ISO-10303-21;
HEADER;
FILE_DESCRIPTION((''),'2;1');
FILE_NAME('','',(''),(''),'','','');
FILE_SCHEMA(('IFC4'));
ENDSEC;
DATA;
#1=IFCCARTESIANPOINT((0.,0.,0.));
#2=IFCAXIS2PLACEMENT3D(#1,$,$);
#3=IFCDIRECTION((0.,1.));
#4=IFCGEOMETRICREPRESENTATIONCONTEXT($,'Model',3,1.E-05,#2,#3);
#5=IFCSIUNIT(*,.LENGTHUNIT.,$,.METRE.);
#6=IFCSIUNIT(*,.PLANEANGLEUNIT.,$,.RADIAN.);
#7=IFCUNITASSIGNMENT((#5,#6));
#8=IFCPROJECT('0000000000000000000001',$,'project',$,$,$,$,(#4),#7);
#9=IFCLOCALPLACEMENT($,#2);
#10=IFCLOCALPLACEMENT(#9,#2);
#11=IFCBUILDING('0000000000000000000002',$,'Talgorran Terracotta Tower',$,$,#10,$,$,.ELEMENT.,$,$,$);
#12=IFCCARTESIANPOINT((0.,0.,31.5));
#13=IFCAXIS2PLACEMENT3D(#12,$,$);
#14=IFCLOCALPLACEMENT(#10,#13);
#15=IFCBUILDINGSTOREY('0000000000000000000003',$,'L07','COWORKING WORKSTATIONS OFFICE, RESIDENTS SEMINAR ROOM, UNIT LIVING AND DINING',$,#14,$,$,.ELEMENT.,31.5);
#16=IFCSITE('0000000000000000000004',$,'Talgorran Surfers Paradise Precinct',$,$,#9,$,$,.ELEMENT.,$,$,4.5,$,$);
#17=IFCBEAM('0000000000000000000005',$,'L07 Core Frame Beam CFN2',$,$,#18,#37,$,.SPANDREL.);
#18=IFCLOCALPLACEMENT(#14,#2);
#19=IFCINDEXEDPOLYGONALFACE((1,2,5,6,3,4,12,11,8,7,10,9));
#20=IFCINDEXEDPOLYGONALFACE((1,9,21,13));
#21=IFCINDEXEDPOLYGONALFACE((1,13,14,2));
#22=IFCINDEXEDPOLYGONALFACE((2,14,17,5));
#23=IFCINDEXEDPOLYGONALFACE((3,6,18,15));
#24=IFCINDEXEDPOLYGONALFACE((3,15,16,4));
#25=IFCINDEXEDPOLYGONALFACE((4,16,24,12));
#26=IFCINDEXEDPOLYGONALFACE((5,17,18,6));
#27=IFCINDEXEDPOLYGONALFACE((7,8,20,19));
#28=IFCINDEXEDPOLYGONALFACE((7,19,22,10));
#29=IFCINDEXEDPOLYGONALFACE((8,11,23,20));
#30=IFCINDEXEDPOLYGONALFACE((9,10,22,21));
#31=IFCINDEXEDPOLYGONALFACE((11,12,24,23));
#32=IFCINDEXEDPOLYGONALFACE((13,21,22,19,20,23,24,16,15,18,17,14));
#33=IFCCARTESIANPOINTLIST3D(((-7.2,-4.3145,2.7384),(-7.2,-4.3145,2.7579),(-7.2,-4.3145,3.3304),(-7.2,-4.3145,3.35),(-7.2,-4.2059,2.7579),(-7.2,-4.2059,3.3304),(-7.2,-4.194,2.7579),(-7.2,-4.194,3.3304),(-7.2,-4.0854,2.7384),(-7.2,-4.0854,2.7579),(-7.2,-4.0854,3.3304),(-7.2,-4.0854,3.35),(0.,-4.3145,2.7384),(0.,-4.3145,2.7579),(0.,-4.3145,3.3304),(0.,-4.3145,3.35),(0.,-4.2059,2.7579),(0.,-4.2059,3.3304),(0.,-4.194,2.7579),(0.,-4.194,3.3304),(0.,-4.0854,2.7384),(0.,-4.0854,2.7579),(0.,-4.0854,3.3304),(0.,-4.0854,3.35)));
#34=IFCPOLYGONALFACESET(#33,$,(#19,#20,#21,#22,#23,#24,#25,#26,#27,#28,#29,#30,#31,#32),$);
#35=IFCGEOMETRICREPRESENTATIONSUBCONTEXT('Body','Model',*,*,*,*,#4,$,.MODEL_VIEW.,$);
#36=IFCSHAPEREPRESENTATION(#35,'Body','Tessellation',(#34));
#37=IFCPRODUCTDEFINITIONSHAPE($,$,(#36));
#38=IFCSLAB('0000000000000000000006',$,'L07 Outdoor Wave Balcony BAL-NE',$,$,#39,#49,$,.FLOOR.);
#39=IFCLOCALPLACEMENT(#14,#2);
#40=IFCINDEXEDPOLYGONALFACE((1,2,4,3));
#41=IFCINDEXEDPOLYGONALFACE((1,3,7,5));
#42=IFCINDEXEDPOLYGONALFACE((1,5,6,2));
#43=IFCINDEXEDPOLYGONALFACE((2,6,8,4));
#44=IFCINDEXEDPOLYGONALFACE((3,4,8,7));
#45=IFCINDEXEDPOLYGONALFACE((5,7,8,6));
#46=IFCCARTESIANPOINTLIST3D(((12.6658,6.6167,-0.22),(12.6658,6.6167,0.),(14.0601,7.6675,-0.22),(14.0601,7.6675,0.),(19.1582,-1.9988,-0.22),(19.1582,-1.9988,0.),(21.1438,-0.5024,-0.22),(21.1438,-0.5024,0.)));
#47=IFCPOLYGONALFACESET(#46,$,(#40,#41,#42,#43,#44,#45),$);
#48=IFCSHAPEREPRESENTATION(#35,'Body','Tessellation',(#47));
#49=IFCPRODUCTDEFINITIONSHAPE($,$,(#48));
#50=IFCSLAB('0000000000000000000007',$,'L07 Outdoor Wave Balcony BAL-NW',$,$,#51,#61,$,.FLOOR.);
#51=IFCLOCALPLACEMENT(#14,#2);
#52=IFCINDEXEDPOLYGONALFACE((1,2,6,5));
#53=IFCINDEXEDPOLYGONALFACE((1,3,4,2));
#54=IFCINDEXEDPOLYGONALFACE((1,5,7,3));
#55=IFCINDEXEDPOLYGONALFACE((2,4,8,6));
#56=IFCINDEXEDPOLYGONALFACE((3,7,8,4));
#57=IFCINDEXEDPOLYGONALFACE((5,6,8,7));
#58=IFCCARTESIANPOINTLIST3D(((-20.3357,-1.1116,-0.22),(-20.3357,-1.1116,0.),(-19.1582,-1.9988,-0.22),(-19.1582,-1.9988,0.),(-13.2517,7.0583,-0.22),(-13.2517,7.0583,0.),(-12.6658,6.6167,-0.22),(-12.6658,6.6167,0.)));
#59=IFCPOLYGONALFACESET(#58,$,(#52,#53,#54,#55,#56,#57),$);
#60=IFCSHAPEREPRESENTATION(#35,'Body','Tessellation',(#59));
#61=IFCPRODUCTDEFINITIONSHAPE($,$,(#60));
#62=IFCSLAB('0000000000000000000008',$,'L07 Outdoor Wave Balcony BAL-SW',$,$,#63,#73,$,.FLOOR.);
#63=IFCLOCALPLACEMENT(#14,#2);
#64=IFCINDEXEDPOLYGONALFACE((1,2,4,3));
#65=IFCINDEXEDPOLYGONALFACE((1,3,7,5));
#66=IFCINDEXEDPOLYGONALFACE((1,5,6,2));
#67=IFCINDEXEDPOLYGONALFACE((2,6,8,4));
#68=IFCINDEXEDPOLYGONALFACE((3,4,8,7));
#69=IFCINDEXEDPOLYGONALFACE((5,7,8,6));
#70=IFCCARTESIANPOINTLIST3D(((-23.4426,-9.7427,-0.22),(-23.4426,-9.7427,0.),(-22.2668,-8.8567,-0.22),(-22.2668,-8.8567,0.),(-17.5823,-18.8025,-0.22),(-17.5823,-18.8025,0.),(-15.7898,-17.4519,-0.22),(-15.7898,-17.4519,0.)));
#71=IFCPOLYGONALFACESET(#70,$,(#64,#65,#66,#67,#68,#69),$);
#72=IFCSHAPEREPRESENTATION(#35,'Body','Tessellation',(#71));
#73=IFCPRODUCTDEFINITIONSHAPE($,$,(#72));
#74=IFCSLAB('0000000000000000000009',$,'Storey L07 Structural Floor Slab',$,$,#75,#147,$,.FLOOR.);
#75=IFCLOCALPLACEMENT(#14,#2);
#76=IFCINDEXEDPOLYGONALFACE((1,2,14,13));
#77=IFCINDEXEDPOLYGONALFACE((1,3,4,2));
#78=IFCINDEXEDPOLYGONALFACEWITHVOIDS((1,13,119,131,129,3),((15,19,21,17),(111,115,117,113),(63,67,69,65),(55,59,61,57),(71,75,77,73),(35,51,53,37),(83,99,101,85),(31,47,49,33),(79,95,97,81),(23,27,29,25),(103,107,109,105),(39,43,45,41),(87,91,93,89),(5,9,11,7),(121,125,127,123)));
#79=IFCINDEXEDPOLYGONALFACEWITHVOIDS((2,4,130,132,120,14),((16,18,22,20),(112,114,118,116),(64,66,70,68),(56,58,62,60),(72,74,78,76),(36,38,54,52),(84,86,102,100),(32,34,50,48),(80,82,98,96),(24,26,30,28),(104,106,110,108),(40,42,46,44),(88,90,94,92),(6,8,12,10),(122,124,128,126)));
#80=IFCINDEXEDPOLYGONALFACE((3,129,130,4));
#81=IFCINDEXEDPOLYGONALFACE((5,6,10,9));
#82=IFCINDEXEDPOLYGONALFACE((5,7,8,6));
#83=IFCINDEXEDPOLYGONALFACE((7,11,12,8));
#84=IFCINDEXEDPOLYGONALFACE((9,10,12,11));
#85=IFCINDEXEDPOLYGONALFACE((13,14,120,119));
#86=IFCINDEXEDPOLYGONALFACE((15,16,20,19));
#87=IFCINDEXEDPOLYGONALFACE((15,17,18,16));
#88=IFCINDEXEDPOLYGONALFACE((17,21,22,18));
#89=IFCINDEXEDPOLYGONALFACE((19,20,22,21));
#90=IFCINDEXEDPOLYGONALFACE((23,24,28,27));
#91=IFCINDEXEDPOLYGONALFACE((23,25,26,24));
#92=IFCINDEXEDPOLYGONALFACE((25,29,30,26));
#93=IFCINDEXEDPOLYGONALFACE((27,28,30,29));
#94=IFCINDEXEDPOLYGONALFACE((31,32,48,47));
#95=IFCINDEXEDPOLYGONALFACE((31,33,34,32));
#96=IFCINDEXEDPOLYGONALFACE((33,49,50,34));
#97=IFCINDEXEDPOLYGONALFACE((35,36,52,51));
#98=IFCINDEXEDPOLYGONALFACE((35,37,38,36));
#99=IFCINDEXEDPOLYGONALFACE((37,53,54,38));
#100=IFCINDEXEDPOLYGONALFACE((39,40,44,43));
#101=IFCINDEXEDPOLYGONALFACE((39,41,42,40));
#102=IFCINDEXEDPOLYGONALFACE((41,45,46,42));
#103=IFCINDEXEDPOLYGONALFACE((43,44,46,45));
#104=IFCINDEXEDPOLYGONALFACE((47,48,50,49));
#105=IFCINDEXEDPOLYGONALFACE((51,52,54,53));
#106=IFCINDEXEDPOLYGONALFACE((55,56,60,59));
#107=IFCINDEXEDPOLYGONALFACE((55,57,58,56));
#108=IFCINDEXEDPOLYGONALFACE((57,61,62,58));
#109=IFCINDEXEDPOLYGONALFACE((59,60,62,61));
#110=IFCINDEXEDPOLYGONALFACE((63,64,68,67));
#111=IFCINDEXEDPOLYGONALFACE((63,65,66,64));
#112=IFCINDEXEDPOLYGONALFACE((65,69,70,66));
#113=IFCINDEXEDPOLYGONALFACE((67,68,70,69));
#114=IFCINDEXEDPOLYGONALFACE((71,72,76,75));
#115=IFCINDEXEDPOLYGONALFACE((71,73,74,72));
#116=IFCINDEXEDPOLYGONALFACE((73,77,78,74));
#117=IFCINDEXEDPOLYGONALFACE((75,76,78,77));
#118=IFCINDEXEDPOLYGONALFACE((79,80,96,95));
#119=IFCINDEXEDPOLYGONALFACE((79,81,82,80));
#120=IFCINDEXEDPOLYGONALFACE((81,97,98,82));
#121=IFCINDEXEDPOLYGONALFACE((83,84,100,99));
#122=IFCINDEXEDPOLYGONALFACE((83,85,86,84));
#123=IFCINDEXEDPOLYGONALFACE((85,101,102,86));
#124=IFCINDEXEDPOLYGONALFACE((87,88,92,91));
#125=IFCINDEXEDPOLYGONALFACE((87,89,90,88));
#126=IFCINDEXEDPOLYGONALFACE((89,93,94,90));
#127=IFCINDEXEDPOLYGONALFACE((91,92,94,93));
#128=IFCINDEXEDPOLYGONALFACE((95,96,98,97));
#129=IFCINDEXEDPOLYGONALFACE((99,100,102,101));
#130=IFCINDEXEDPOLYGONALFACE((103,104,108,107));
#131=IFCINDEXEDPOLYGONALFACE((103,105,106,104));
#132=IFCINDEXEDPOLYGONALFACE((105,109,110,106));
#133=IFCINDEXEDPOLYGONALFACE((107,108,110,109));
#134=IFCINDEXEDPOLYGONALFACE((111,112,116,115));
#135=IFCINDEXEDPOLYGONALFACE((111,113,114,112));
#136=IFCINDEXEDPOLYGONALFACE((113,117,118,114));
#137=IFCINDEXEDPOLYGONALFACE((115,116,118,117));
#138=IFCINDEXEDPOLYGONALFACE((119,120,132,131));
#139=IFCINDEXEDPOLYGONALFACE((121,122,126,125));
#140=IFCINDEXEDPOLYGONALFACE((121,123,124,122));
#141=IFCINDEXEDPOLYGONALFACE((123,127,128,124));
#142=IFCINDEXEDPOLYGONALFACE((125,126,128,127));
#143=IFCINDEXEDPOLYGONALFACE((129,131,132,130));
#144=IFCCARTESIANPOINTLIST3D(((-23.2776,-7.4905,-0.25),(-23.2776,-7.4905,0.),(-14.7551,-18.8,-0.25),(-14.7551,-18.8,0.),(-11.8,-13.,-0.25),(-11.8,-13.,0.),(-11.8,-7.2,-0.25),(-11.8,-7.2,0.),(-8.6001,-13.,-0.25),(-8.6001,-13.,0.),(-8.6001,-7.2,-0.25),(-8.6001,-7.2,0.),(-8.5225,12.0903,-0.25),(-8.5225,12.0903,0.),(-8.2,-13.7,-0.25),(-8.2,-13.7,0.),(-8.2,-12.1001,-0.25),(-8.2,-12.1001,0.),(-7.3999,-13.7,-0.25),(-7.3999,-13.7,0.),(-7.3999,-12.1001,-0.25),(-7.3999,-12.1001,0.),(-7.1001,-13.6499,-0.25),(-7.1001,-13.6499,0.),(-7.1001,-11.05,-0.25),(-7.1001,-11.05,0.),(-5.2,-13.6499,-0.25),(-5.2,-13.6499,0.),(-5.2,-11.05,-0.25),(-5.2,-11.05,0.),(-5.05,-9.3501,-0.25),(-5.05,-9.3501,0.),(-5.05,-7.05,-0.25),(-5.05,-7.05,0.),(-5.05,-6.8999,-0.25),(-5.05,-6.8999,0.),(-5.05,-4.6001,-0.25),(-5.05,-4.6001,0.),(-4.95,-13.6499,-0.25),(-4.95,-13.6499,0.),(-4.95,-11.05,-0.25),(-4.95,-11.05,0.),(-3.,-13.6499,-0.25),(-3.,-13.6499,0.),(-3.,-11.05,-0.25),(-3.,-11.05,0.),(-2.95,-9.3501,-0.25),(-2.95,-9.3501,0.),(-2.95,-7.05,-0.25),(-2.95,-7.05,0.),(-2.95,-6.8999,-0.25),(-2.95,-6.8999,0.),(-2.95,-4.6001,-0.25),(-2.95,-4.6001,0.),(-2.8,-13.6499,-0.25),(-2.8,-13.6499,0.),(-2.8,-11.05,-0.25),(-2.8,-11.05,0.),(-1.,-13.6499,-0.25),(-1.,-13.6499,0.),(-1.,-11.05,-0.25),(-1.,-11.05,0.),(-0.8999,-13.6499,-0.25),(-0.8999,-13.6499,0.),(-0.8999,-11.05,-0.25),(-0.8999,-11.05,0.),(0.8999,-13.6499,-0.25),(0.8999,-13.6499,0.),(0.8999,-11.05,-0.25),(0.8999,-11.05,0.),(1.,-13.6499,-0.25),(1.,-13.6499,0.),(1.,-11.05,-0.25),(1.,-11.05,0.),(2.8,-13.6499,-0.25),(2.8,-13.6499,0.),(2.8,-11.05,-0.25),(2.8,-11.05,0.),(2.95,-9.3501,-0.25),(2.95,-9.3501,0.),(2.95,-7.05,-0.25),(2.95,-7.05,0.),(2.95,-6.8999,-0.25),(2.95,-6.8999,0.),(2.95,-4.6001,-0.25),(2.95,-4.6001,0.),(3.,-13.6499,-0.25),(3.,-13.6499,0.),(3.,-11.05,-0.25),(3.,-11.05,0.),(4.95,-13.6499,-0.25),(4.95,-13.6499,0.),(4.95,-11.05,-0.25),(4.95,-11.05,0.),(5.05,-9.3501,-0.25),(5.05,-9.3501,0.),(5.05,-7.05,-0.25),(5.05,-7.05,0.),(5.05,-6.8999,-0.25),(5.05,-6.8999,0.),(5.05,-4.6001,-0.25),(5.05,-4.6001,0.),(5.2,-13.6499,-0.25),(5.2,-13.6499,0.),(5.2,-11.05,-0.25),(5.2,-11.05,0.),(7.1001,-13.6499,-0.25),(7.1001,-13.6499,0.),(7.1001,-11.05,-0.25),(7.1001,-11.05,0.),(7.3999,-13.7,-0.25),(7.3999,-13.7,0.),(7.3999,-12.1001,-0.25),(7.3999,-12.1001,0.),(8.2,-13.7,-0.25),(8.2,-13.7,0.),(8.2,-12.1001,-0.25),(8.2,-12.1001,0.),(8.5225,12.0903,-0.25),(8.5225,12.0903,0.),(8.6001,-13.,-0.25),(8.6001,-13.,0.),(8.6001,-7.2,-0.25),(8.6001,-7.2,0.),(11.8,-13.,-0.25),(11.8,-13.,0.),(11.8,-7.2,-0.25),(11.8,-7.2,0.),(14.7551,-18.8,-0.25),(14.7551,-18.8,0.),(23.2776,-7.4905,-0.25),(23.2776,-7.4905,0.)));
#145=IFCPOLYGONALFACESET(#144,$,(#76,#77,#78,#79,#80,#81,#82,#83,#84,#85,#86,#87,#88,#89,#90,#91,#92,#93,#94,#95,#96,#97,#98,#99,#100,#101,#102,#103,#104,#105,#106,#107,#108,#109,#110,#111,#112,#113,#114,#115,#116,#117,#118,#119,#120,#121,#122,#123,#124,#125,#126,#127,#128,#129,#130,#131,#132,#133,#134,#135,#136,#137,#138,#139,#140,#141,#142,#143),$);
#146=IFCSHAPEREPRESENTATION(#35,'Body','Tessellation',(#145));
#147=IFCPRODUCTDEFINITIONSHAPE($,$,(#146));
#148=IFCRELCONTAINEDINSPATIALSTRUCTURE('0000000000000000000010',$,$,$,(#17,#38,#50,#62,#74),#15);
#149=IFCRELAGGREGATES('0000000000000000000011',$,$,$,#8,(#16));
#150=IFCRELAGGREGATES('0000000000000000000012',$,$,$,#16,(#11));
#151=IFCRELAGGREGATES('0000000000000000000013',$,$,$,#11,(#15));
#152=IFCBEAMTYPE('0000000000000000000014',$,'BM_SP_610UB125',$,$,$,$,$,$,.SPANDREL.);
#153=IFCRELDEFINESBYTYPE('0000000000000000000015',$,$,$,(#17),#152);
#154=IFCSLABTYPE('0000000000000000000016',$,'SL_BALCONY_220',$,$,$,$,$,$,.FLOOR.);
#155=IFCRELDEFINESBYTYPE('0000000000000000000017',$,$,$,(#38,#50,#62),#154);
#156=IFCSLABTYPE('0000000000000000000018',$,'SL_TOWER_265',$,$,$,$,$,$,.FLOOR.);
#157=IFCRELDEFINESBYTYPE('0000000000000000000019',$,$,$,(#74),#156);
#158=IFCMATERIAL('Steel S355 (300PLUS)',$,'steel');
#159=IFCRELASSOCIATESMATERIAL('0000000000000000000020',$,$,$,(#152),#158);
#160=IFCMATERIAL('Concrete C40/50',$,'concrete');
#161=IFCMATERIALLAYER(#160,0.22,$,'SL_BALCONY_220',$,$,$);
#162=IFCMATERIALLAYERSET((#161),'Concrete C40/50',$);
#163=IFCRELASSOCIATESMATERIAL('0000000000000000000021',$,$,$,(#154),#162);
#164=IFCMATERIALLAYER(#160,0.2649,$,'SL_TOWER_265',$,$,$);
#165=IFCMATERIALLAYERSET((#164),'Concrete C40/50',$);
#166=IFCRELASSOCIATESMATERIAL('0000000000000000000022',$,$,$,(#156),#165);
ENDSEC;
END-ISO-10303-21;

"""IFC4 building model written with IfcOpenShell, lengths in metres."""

from ifc_helpers import new_model, si_unit, direction, frame, origin, origin_2d, place, context, subcontext, project, spatial, polyline, i_section, outline, extrude, material, layer, layer_set, material_profile, profile_set, type_object, element, save


model = new_model("IFC4")

# Units and contexts
model_context = context("Model", 3, precision=1e-05, world=origin(), true_north=direction((0.0, 1.0)))
body_context = subcontext(model_context, "Body", "Model", "MODEL_VIEW")
ifc_project = project(units=[si_unit("LENGTHUNIT", "METRE"), si_unit("PLANEANGLEUNIT", "RADIAN")], contexts=[model_context])

# Site, building, storey
site_placement = place(None, origin())
site = spatial("IfcSite", under=ifc_project, at=site_placement, Name="Talgorran Surfers Paradise Precinct", CompositionType="ELEMENT", RefElevation=4.5)
building_placement = place(site_placement, origin())
building = spatial("IfcBuilding", under=site, at=building_placement, Name="Talgorran Terracotta Tower", CompositionType="ELEMENT")
storey_placement = place(building_placement, frame((0.0, 0.0, 31.5)))
storey = spatial("IfcBuildingStorey", under=building, at=storey_placement, Name="L07", Description="COWORKING WORKSTATIONS OFFICE, RESIDENTS SEMINAR ROOM, UNIT LIVING AND DINING", CompositionType="ELEMENT", Elevation=31.5)

# Shared definitions
ifc_material_1 = material(Name="Steel S355 (300PLUS)", Category="steel")

# Beam
ifc_material_profile_1 = material_profile(ifc_material_1, i_section(OverallWidth=0.229, OverallDepth=0.6116, WebThickness=0.012, FlangeThickness=0.0195, at=origin_2d()), Name="610UB125")
ifc_profile_set_1 = profile_set([ifc_material_profile_1], Name="Steel S355 (300PLUS)")
beam_type_1 = type_object("IfcBeamType", Name="BM_SP_610UB125", PredefinedType="SPANDREL", material=ifc_profile_set_1)
beam_1_placement = place(storey_placement, frame((-7.2, -4.2, 3.0442), z_axis=(1.0, 0.0, 0.0), x_axis=(0.0, 1.0, 0.0)))
element("IfcBeam", 1, at=beam_1_placement, inside=storey, type_object=beam_type_1, Name="L07 Core Frame Beam CFN2", PredefinedType="SPANDREL", context=body_context, shape_type="SweptSolid", body=[
    extrude(i_section(OverallWidth=0.229, OverallDepth=0.6116, WebThickness=0.012, FlangeThickness=0.0195, at=origin_2d()), origin(), (0.0, 0.0, 1.0), 7.2),
])

# Slabs
ifc_material_2 = material(Name="Concrete C40/50", Category="concrete")
ifc_layer_1 = layer(ifc_material_2, 0.22, Name="SL_BALCONY_220")
ifc_layer_set_1 = layer_set([ifc_layer_1], Name="Concrete C40/50")
slab_type_1 = type_object("IfcSlabType", Name="SL_BALCONY_220", PredefinedType="FLOOR", material=ifc_layer_set_1)
slab_1_placement = place(storey_placement, frame((0.0, 0.0, -0.22)))
element("IfcSlab", 2, at=slab_1_placement, inside=storey, type_object=slab_type_1, Name="L07 Outdoor Wave Balcony BAL-NE", PredefinedType="FLOOR", context=body_context, shape_type="SweptSolid", body=[
    extrude(outline(polyline([(12.6658, 6.6167), (19.1582, -1.9988), (21.1438, -0.5024), (14.0601, 7.6675), (12.6658, 6.6167)])), origin(), (0.0, 0.0, 1.0), 0.22),
])
slab_2_placement = place(storey_placement, frame((0.0, 0.0, -0.22)))
element("IfcSlab", 3, at=slab_2_placement, inside=storey, type_object=slab_type_1, Name="L07 Outdoor Wave Balcony BAL-NW", PredefinedType="FLOOR", context=body_context, shape_type="SweptSolid", body=[
    extrude(outline(polyline([(-19.1582, -1.9988), (-12.6658, 6.6167), (-13.2517, 7.0583), (-20.3357, -1.1116), (-19.1582, -1.9988)])), origin(), (0.0, 0.0, 1.0), 0.22),
])
slab_3_placement = place(storey_placement, frame((0.0, 0.0, -0.22)))
element("IfcSlab", 4, at=slab_3_placement, inside=storey, type_object=slab_type_1, Name="L07 Outdoor Wave Balcony BAL-SW", PredefinedType="FLOOR", context=body_context, shape_type="SweptSolid", body=[
    extrude(outline(polyline([(-15.7898, -17.4519), (-22.2668, -8.8567), (-23.4426, -9.7427), (-17.5823, -18.8025), (-15.7898, -17.4519)])), origin(), (0.0, 0.0, 1.0), 0.22),
])
ifc_layer_2 = layer(ifc_material_2, 0.2649, Name="SL_TOWER_265")
ifc_layer_set_2 = layer_set([ifc_layer_2], Name="Concrete C40/50")
slab_type_2 = type_object("IfcSlabType", Name="SL_TOWER_265", PredefinedType="FLOOR", material=ifc_layer_set_2)
slab_4_placement = place(storey_placement, frame((0.0, 0.0, -0.25)))
element("IfcSlab", 5, at=slab_4_placement, inside=storey, type_object=slab_type_2, Name="Storey L07 Structural Floor Slab", PredefinedType="FLOOR", context=body_context, shape_type="SweptSolid", body=[
    extrude(outline(polyline([(-23.2776, -7.4905), (-14.7551, -18.8), (14.7551, -18.8), (23.2776, -7.4905), (8.5225, 12.0903), (-8.5225, 12.0903), (-23.2776, -7.4905)]), holes=[polyline([(-11.8, -7.2), (-11.8, -13.0), (-8.6001, -13.0), (-8.6001, -7.2), (-11.8, -7.2)]), polyline([(8.6001, -7.2), (8.6001, -13.0), (11.8, -13.0), (11.8, -7.2), (8.6001, -7.2)]), polyline([(-7.1001, -13.6499), (-5.2, -13.6499), (-5.2, -11.05), (-7.1001, -11.05), (-7.1001, -13.6499)]), polyline([(5.2, -13.6499), (7.1001, -13.6499), (7.1001, -11.05), (5.2, -11.05), (5.2, -13.6499)]), polyline([(3.0, -13.6499), (4.95, -13.6499), (4.95, -11.05), (3.0, -11.05), (3.0, -13.6499)]), polyline([(-4.95, -13.6499), (-3.0, -13.6499), (-3.0, -11.05), (-4.95, -11.05), (-4.95, -13.6499)]), polyline([(-5.05, -9.3501), (-2.95, -9.3501), (-2.95, -7.05), (-5.05, -7.05), (-5.05, -9.3501)]), polyline([(-5.05, -6.8999), (-2.95, -6.8999), (-2.95, -4.6001), (-5.05, -4.6001), (-5.05, -6.8999)]), polyline([(2.95, -9.3501), (5.05, -9.3501), (5.05, -7.05), (2.95, -7.05), (2.95, -9.3501)]), polyline([(2.95, -6.8999), (5.05, -6.8999), (5.05, -4.6001), (2.95, -4.6001), (2.95, -6.8999)]), polyline([(-2.8, -13.6499), (-1.0, -13.6499), (-1.0, -11.05), (-2.8, -11.05), (-2.8, -13.6499)]), polyline([(-0.8999, -13.6499), (0.8999, -13.6499), (0.8999, -11.05), (-0.8999, -11.05), (-0.8999, -13.6499)]), polyline([(1.0, -13.6499), (2.8, -13.6499), (2.8, -11.05), (1.0, -11.05), (1.0, -13.6499)]), polyline([(-8.2, -13.7), (-7.3999, -13.7), (-7.3999, -12.1001), (-8.2, -12.1001), (-8.2, -13.7)]), polyline([(7.3999, -13.7), (8.2, -13.7), (8.2, -12.1001), (7.3999, -12.1001), (7.3999, -13.7)])]), origin(), (0.0, 0.0, 1.0), 0.25),
])

save(model, "model.ifc")
